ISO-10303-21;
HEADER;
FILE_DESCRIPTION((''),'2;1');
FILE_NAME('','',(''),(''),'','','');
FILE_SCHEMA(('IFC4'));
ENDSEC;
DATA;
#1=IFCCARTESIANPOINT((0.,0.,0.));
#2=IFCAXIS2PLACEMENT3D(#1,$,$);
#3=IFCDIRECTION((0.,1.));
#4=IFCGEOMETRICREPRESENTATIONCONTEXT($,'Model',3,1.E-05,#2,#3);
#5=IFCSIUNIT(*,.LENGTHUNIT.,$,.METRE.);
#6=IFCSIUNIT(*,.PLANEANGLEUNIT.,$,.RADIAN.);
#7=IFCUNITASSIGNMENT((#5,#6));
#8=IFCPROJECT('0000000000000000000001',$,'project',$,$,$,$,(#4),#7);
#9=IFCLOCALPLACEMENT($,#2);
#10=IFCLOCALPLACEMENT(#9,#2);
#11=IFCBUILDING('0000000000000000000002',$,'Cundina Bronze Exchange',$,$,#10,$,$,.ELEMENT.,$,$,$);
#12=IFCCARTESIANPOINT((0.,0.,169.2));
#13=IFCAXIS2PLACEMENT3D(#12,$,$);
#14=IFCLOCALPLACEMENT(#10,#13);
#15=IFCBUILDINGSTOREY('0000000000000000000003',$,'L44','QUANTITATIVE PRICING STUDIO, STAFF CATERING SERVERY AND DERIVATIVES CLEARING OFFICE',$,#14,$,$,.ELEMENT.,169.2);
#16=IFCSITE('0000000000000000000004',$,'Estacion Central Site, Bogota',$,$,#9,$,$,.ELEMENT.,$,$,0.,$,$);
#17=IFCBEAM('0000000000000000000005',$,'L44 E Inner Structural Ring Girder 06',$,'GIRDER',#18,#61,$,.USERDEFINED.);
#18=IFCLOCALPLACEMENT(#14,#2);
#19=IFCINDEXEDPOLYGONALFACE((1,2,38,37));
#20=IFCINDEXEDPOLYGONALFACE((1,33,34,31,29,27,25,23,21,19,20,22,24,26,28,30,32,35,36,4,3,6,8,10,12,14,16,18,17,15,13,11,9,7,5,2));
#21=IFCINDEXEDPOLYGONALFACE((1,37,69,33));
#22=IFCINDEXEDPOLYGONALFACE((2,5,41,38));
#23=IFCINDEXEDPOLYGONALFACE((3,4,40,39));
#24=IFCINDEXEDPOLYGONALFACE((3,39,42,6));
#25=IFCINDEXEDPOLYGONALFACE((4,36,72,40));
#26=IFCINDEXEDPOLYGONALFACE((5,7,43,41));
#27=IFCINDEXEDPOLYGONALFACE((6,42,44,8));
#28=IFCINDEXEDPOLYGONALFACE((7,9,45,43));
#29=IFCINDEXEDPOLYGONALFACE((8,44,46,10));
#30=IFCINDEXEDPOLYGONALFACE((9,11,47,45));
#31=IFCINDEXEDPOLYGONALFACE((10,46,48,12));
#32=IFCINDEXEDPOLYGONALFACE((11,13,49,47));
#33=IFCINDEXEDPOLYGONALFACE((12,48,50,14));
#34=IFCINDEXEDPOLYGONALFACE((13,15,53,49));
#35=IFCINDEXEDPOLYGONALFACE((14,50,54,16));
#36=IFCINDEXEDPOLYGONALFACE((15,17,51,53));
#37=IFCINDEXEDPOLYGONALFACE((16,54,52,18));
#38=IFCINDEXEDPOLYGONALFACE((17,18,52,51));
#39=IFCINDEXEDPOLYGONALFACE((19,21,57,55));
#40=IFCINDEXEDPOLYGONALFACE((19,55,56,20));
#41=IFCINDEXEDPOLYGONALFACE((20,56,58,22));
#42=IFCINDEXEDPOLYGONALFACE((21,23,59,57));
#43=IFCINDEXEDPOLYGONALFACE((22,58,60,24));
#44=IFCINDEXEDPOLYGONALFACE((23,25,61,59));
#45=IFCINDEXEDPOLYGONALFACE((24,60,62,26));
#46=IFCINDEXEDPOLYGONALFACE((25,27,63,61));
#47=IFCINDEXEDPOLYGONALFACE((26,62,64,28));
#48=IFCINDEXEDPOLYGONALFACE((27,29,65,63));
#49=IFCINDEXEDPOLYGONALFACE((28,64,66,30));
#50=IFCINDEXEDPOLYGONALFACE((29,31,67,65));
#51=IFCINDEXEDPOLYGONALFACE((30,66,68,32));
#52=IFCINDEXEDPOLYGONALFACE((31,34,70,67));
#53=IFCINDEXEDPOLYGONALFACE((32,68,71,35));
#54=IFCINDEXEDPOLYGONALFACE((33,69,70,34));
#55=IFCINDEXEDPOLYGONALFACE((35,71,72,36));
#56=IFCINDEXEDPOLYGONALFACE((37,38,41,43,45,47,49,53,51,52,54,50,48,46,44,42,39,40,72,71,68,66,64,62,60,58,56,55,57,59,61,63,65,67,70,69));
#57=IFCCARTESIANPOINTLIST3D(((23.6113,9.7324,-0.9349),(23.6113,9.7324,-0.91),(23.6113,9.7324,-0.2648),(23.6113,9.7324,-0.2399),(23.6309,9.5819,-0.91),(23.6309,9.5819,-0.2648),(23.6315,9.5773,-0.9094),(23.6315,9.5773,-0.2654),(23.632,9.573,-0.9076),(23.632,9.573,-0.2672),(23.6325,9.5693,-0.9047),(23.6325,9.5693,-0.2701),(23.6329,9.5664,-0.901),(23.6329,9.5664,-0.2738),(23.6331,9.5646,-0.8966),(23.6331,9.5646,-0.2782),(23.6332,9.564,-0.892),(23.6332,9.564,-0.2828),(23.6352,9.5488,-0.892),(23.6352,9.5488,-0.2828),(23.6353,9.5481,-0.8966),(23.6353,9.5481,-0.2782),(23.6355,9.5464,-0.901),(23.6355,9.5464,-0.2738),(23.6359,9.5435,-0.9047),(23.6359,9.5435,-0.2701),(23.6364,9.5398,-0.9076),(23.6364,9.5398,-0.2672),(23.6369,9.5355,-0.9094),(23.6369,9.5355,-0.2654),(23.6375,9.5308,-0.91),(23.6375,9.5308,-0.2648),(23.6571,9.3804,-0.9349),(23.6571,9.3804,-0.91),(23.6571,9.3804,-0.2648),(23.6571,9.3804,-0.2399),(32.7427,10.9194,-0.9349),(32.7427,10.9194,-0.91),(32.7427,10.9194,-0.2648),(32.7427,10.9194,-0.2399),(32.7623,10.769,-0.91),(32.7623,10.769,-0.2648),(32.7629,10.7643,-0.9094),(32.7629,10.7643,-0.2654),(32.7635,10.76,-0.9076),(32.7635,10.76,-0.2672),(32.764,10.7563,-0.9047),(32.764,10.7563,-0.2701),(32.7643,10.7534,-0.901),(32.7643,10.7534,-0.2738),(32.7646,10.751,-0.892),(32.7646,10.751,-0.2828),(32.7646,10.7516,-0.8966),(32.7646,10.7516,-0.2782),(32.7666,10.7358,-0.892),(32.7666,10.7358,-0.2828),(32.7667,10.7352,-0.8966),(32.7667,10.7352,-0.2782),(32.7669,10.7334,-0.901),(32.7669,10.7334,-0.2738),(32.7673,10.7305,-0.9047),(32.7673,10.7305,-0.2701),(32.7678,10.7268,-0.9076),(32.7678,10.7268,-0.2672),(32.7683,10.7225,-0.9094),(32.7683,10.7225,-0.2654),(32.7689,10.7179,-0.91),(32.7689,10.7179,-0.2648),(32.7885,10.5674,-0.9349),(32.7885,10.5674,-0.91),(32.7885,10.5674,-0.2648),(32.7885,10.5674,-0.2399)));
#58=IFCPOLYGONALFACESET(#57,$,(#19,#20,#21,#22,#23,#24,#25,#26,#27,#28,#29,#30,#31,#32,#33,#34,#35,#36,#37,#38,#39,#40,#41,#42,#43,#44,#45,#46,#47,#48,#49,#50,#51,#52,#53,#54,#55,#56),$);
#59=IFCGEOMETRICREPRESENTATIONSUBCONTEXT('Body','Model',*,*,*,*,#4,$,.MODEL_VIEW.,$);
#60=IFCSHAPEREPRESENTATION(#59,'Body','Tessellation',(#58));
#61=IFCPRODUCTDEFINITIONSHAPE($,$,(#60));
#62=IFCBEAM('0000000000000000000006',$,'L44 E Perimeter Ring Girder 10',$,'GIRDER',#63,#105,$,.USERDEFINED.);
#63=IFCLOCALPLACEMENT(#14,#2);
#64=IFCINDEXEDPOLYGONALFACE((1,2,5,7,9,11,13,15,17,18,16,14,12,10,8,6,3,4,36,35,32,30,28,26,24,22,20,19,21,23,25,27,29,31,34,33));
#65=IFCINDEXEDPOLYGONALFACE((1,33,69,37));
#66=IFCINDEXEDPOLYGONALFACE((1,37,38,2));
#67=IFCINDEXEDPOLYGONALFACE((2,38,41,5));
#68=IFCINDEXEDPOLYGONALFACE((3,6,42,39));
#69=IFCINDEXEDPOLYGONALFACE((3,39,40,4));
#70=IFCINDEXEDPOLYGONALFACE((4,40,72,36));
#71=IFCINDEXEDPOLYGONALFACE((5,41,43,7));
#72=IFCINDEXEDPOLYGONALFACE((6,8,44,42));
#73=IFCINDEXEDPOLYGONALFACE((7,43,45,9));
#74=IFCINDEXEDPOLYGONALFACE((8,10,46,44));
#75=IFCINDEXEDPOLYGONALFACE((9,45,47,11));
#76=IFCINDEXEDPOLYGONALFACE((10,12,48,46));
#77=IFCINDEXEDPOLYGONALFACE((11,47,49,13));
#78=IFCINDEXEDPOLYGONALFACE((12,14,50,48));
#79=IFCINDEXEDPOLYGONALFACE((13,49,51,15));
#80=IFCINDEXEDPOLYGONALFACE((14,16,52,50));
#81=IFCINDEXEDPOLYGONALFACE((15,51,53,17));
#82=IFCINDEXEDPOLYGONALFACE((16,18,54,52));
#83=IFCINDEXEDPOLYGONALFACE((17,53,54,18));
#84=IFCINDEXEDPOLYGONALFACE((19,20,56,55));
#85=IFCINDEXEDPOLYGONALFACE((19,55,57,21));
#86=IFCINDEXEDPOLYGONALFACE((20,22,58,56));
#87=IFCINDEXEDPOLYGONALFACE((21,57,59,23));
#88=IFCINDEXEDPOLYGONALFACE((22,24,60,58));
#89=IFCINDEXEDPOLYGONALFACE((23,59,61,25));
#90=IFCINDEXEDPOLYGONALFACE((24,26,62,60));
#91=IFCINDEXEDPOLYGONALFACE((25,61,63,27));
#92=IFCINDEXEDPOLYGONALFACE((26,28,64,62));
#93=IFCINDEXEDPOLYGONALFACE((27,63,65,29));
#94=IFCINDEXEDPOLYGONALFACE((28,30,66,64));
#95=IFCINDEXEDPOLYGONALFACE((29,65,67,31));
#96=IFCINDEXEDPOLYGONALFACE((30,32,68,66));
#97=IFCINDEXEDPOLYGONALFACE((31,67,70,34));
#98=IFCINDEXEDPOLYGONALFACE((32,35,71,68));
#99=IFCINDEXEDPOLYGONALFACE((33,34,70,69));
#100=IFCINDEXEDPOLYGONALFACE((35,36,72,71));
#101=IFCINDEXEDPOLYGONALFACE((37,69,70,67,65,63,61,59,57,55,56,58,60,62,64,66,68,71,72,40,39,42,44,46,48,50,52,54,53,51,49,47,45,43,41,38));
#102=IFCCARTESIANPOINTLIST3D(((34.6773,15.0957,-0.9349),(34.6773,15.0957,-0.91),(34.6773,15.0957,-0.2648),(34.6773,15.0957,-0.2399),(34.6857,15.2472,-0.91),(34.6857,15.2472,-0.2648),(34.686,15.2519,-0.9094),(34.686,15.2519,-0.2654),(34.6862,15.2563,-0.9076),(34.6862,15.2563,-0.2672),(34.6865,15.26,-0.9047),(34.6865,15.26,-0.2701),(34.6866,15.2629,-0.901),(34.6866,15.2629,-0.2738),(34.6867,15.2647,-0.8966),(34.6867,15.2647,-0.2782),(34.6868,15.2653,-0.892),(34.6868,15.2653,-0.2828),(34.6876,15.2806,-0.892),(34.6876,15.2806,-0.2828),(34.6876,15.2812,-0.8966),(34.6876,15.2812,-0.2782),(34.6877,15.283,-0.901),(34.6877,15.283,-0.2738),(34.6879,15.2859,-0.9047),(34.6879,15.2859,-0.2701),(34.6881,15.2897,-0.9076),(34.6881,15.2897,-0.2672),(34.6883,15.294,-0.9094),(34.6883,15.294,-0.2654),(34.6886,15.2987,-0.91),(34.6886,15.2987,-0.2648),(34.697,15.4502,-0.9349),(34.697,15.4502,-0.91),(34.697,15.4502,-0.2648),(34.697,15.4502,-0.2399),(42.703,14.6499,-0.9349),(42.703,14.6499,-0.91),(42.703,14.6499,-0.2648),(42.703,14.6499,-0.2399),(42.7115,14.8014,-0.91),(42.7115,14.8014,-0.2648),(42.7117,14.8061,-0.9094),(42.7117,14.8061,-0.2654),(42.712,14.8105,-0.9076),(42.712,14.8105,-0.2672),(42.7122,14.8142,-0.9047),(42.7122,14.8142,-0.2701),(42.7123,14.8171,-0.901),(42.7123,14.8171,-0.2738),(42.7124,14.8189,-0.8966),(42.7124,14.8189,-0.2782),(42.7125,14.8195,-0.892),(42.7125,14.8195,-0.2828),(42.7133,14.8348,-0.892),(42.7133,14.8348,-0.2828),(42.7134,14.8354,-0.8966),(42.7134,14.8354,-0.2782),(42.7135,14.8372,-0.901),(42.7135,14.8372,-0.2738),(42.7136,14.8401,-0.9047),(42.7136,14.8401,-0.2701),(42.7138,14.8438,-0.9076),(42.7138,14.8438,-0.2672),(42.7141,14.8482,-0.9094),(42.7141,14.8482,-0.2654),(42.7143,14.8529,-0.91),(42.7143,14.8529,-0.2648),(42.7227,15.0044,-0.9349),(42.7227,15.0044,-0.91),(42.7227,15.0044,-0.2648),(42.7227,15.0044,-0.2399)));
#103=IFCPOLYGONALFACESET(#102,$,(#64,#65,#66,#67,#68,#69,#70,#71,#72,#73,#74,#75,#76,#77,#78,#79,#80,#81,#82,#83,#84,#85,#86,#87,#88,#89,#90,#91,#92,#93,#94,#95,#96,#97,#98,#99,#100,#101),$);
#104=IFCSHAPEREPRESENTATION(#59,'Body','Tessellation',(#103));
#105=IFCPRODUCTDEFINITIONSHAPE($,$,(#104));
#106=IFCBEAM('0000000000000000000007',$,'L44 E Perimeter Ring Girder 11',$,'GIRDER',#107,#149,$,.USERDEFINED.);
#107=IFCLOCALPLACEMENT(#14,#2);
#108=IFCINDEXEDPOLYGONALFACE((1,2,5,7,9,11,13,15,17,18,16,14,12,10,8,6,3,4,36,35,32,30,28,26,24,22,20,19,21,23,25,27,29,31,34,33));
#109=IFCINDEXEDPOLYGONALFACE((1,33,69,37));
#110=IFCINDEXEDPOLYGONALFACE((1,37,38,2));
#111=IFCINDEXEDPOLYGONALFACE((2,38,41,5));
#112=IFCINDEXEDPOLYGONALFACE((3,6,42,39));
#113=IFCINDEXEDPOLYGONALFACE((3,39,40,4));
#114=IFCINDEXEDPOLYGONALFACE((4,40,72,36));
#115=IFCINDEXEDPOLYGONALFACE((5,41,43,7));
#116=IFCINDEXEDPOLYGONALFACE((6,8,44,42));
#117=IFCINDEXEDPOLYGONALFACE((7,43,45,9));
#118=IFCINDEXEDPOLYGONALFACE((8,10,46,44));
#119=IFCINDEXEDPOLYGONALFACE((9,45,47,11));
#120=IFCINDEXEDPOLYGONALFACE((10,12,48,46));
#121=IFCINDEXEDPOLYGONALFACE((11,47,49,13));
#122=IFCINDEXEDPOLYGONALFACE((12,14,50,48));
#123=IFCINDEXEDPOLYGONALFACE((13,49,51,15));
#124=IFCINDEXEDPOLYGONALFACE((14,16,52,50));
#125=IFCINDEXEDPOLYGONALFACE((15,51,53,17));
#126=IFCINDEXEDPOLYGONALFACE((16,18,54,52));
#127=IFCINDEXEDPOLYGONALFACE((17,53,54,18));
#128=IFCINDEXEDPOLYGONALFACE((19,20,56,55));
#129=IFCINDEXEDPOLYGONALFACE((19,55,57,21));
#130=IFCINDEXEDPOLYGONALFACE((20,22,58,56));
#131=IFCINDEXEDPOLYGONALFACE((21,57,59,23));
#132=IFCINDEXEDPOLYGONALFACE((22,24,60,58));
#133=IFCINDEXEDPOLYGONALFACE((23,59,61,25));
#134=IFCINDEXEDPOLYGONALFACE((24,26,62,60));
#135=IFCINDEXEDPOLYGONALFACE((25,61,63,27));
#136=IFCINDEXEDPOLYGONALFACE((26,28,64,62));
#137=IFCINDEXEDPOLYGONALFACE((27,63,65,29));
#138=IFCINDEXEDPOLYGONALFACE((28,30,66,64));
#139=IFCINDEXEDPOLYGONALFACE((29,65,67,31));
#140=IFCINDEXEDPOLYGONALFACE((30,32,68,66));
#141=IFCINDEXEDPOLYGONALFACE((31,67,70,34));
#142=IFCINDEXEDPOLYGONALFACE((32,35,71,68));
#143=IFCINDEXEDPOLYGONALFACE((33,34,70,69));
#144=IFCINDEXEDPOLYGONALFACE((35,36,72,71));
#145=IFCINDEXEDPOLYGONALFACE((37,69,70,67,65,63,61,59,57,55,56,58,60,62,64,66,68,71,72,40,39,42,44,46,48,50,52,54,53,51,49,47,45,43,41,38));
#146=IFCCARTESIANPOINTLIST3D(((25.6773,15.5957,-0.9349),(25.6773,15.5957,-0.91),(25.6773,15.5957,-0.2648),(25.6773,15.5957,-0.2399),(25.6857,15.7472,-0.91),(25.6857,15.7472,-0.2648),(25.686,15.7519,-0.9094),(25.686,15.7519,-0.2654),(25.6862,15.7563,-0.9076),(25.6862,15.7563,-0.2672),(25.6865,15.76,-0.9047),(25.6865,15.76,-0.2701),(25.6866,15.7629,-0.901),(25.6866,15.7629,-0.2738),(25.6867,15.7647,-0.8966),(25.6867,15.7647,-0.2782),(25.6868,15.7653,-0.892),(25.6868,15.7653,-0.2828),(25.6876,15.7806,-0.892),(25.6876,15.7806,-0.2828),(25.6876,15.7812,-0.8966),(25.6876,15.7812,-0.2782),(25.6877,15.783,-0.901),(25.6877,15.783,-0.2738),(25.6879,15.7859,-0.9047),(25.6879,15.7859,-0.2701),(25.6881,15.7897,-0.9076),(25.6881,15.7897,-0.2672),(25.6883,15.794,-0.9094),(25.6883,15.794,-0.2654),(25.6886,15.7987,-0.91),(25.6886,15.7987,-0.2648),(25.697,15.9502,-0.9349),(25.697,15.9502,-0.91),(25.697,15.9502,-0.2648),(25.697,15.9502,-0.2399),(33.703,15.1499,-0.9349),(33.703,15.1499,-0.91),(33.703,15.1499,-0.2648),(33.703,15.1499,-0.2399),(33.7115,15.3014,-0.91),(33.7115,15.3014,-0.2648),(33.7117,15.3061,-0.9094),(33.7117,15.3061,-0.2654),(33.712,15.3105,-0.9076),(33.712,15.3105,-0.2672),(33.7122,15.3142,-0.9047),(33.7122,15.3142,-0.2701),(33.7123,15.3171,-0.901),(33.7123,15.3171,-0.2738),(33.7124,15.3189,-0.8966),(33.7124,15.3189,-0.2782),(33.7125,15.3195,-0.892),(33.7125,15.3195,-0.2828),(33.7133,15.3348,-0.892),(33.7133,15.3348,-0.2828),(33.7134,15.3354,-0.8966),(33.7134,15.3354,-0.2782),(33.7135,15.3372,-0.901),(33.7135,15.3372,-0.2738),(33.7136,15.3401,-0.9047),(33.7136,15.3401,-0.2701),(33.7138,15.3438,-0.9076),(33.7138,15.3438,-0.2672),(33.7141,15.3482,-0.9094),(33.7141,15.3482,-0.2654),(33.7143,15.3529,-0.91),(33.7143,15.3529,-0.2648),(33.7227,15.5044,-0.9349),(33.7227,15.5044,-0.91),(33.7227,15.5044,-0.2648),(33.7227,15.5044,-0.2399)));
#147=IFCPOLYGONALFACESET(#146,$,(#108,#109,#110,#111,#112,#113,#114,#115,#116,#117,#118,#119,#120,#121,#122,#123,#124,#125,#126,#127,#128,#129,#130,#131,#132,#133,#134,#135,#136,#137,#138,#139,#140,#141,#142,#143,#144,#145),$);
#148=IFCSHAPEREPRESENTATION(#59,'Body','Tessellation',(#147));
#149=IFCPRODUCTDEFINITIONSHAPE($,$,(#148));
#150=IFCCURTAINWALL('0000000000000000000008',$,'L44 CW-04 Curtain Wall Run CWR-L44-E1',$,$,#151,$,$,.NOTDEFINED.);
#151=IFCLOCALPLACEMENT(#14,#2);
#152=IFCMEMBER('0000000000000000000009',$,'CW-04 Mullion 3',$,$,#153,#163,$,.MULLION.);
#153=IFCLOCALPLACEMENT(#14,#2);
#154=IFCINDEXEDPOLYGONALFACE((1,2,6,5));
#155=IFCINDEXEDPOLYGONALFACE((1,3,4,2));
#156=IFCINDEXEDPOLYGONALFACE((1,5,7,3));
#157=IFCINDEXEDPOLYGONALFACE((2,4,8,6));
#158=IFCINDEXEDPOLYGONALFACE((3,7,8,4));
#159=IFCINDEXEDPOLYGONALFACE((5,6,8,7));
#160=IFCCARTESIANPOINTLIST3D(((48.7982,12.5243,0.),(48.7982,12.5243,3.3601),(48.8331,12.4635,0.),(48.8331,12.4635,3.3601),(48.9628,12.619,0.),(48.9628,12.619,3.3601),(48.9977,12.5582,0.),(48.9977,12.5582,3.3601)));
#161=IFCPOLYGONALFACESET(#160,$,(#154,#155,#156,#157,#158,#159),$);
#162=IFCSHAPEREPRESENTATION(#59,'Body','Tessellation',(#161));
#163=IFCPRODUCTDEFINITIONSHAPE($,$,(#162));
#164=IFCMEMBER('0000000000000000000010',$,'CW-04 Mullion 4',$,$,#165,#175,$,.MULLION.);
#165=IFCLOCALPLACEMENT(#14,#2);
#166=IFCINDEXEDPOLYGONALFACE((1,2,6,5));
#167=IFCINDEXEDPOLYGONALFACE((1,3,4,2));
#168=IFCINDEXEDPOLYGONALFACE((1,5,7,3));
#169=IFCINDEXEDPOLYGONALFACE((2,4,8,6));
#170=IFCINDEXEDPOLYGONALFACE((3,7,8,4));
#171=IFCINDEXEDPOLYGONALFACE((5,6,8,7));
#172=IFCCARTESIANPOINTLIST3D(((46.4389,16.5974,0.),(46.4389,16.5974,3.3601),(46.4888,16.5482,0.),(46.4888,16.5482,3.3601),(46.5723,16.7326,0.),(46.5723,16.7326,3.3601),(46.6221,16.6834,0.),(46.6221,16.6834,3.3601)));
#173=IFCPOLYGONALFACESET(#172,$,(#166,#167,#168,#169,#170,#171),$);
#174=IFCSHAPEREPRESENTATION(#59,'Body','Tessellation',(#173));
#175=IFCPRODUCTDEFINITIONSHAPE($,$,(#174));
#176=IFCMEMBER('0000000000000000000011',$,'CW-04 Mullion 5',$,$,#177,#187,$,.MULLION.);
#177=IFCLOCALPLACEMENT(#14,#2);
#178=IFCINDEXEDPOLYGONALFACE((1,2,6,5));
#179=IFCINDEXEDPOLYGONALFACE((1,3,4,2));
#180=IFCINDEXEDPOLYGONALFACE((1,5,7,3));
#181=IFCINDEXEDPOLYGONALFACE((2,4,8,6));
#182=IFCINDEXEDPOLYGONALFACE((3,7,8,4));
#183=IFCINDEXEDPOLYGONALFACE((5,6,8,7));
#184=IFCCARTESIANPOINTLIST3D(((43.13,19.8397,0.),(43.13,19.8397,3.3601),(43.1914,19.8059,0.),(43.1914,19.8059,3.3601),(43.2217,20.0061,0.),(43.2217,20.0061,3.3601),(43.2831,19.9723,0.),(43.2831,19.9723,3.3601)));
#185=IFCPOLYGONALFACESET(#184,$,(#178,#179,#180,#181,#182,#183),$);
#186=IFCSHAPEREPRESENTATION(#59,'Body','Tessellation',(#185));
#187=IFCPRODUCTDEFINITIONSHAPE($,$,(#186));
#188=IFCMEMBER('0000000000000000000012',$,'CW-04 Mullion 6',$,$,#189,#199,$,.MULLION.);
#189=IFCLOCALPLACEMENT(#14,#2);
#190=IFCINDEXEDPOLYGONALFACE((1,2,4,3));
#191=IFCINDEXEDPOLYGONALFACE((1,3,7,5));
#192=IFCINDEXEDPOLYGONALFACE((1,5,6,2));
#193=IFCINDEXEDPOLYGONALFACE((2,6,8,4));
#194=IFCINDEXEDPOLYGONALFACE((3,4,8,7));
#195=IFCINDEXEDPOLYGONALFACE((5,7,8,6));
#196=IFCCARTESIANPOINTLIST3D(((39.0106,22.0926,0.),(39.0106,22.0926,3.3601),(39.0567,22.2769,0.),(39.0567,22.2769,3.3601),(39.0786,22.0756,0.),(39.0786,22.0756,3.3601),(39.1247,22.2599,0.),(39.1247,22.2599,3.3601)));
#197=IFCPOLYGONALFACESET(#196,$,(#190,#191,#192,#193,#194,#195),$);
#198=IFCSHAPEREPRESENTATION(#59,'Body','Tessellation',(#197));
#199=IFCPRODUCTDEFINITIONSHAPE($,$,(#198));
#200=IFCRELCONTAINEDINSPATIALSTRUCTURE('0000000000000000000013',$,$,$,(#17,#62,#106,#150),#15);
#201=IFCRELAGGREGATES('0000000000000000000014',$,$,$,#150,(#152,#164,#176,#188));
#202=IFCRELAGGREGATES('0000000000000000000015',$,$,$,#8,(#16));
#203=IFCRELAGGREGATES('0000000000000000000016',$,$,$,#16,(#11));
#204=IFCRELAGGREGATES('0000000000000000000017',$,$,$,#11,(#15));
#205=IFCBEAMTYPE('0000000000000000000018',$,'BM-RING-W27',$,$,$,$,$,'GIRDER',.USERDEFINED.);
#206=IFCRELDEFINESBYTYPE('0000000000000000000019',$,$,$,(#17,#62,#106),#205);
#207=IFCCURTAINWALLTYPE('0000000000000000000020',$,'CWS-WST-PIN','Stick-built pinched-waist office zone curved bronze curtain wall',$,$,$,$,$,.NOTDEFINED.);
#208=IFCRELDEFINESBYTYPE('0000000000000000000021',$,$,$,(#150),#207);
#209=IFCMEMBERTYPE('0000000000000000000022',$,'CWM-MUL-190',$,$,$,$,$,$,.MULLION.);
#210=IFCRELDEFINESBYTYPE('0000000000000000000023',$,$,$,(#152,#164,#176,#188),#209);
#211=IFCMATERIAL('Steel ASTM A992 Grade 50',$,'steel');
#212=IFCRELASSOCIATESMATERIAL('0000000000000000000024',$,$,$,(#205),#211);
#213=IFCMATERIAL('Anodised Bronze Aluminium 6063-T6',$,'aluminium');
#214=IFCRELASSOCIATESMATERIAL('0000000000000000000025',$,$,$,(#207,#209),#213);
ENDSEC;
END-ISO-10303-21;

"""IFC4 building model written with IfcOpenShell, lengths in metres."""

from ifc_helpers import new_model, si_unit, direction, frame, origin, origin_2d, place, context, subcontext, project, spatial, rectangle, i_section, extrude, material, material_profile, profile_set, type_object, element, aggregate, save


model = new_model("IFC4")

# Units and contexts
model_context = context("Model", 3, precision=1e-05, world=origin(), true_north=direction((0.0, 1.0)))
body_context = subcontext(model_context, "Body", "Model", "MODEL_VIEW")
ifc_project = project(units=[si_unit("LENGTHUNIT", "METRE"), si_unit("PLANEANGLEUNIT", "RADIAN")], contexts=[model_context])

# Site, building, storey
site_placement = place(None, origin())
site = spatial("IfcSite", under=ifc_project, at=site_placement, Name="Estacion Central Site, Bogota", CompositionType="ELEMENT", RefElevation=0.0)
building_placement = place(site_placement, origin())
building = spatial("IfcBuilding", under=site, at=building_placement, Name="Cundina Bronze Exchange", CompositionType="ELEMENT")
storey_placement = place(building_placement, frame((0.0, 0.0, 169.2)))
storey = spatial("IfcBuildingStorey", under=building, at=storey_placement, Name="L44", Description="QUANTITATIVE PRICING STUDIO, STAFF CATERING SERVERY AND DERIVATIVES CLEARING OFFICE", CompositionType="ELEMENT", Elevation=169.2)

# Beams
ifc_material_1 = material(Name="Steel ASTM A992 Grade 50", Category="steel")
ifc_material_profile_1 = material_profile(ifc_material_1, i_section(OverallWidth=0.355, OverallDepth=0.6951, WebThickness=0.0154, FlangeThickness=0.0249, FilletRadius=0.0181, at=origin_2d()), Name="W27X146", Category="steel")
ifc_profile_set_1 = profile_set([ifc_material_profile_1], Name="Steel ASTM A992 Grade 50")
beam_type_1 = type_object("IfcBeamType", Name="BM-RING-W27", ElementType="GIRDER", PredefinedType="USERDEFINED", material=ifc_profile_set_1)
beam_1_placement = place(storey_placement, frame((32.7656, 10.7434, -0.5874), z_axis=(-0.991656, -0.128908, 0.0), x_axis=(0.128908, -0.991656, 0.0)))
element("IfcBeam", 1, at=beam_1_placement, inside=storey, type_object=beam_type_1, Name="L44 E Inner Structural Ring Girder 06", ObjectType="GIRDER", PredefinedType="USERDEFINED", context=body_context, shape_type="SweptSolid", body=[
    extrude(i_section(OverallWidth=0.355, OverallDepth=0.6951, WebThickness=0.0154, FlangeThickness=0.0249, FilletRadius=0.0181, at=origin_2d()), origin(), (0.0, 0.0, 1.0), 9.2083),
])
for number, where, z_axis, x_axis, name in (
    (2, (42.7129, 14.8271, -0.5874), (-0.998461, 0.055462, 0.0), (-0.055462, -0.998461, 0.0), "L44 E Perimeter Ring Girder 10"),
    (3, (33.7129, 15.3271, -0.5874), (-0.998461, 0.055462, 0.0), (-0.055462, -0.998461, 0.0), "L44 E Perimeter Ring Girder 11"),
):
    element("IfcBeam", number, at=place(storey_placement, frame(where, z_axis=z_axis, x_axis=x_axis)), inside=storey, type_object=beam_type_1, Name=name, ObjectType="GIRDER", PredefinedType="USERDEFINED", context=body_context, shape_type="SweptSolid", body=[
        extrude(i_section(OverallWidth=0.355, OverallDepth=0.6951, WebThickness=0.0154, FlangeThickness=0.0249, FilletRadius=0.0181, at=origin_2d()), origin(), (0.0, 0.0, 1.0), 8.0381),
    ])

# Curtain wall, members
ifc_material_2 = material(Name="Anodised Bronze Aluminium 6063-T6", Category="aluminium")
curtain_wall_type = type_object("IfcCurtainWallType", Name="CWS-WST-PIN", Description="Stick-built pinched-waist office zone curved bronze curtain wall", PredefinedType="NOTDEFINED", material=ifc_material_2)
curtain_wall_1_placement = place(storey_placement, origin())
curtain_wall_1 = element("IfcCurtainWall", 4, at=curtain_wall_1_placement, inside=storey, type_object=curtain_wall_type, Name="L44 CW-04 Curtain Wall Run CWR-L44-E1", PredefinedType="NOTDEFINED")
ifc_material_profile_2 = material_profile(ifc_material_2, rectangle(XDim=0.0701, YDim=0.1899, at=origin_2d()), Name="AL70X190", Category="aluminium")
ifc_profile_set_2 = profile_set([ifc_material_profile_2], Name="Anodised Bronze Aluminium 6063-T6")
member_type_1 = type_object("IfcMemberType", Name="CWM-MUL-190", PredefinedType="MULLION", material=ifc_profile_set_2)
member_1_placement = place(storey_placement, frame((48.8979, 12.5413, 0.0), z_axis=(0.0, 0.0, 1.0), x_axis=(-0.498488, 0.866897, 0.0)))
member_1 = element("IfcMember", 5, at=member_1_placement, type_object=member_type_1, Name="CW-04 Mullion 3", PredefinedType="MULLION", context=body_context, shape_type="SweptSolid", body=[
    extrude(rectangle(XDim=0.0701, YDim=0.1899, at=origin_2d()), origin(), (0.0, 0.0, 1.0), 3.3601),
])
member_2_placement = place(storey_placement, frame((46.5305, 16.6404, 0.0), z_axis=(0.0, 0.0, 1.0), x_axis=(-0.712026, 0.702153, 0.0)))
member_2 = element("IfcMember", 6, at=member_2_placement, type_object=member_type_1, Name="CW-04 Mullion 4", PredefinedType="MULLION", context=body_context, shape_type="SweptSolid", body=[
    extrude(rectangle(XDim=0.0701, YDim=0.1899, at=origin_2d()), origin(), (0.0, 0.0, 1.0), 3.3601),
])
member_3_placement = place(storey_placement, frame((43.2065, 19.906, 0.0), z_axis=(0.0, 0.0, 1.0), x_axis=(-0.875886, 0.482518, 0.0)))
member_3 = element("IfcMember", 7, at=member_3_placement, type_object=member_type_1, Name="CW-04 Mullion 5", PredefinedType="MULLION", context=body_context, shape_type="SweptSolid", body=[
    extrude(rectangle(XDim=0.0701, YDim=0.1899, at=origin_2d()), origin(), (0.0, 0.0, 1.0), 3.3601),
])
member_4_placement = place(storey_placement, frame((39.0676, 22.1763, 0.0), z_axis=(0.0, 0.0, 1.0), x_axis=(-0.970084, 0.242769, 0.0)))
member_4 = element("IfcMember", 8, at=member_4_placement, type_object=member_type_1, Name="CW-04 Mullion 6", PredefinedType="MULLION", context=body_context, shape_type="SweptSolid", body=[
    extrude(rectangle(XDim=0.0701, YDim=0.1899, at=origin_2d()), origin(), (0.0, 0.0, 1.0), 3.3601),
])

aggregate(curtain_wall_1, [member_1, member_2, member_3, member_4])

save(model, "model.ifc")
